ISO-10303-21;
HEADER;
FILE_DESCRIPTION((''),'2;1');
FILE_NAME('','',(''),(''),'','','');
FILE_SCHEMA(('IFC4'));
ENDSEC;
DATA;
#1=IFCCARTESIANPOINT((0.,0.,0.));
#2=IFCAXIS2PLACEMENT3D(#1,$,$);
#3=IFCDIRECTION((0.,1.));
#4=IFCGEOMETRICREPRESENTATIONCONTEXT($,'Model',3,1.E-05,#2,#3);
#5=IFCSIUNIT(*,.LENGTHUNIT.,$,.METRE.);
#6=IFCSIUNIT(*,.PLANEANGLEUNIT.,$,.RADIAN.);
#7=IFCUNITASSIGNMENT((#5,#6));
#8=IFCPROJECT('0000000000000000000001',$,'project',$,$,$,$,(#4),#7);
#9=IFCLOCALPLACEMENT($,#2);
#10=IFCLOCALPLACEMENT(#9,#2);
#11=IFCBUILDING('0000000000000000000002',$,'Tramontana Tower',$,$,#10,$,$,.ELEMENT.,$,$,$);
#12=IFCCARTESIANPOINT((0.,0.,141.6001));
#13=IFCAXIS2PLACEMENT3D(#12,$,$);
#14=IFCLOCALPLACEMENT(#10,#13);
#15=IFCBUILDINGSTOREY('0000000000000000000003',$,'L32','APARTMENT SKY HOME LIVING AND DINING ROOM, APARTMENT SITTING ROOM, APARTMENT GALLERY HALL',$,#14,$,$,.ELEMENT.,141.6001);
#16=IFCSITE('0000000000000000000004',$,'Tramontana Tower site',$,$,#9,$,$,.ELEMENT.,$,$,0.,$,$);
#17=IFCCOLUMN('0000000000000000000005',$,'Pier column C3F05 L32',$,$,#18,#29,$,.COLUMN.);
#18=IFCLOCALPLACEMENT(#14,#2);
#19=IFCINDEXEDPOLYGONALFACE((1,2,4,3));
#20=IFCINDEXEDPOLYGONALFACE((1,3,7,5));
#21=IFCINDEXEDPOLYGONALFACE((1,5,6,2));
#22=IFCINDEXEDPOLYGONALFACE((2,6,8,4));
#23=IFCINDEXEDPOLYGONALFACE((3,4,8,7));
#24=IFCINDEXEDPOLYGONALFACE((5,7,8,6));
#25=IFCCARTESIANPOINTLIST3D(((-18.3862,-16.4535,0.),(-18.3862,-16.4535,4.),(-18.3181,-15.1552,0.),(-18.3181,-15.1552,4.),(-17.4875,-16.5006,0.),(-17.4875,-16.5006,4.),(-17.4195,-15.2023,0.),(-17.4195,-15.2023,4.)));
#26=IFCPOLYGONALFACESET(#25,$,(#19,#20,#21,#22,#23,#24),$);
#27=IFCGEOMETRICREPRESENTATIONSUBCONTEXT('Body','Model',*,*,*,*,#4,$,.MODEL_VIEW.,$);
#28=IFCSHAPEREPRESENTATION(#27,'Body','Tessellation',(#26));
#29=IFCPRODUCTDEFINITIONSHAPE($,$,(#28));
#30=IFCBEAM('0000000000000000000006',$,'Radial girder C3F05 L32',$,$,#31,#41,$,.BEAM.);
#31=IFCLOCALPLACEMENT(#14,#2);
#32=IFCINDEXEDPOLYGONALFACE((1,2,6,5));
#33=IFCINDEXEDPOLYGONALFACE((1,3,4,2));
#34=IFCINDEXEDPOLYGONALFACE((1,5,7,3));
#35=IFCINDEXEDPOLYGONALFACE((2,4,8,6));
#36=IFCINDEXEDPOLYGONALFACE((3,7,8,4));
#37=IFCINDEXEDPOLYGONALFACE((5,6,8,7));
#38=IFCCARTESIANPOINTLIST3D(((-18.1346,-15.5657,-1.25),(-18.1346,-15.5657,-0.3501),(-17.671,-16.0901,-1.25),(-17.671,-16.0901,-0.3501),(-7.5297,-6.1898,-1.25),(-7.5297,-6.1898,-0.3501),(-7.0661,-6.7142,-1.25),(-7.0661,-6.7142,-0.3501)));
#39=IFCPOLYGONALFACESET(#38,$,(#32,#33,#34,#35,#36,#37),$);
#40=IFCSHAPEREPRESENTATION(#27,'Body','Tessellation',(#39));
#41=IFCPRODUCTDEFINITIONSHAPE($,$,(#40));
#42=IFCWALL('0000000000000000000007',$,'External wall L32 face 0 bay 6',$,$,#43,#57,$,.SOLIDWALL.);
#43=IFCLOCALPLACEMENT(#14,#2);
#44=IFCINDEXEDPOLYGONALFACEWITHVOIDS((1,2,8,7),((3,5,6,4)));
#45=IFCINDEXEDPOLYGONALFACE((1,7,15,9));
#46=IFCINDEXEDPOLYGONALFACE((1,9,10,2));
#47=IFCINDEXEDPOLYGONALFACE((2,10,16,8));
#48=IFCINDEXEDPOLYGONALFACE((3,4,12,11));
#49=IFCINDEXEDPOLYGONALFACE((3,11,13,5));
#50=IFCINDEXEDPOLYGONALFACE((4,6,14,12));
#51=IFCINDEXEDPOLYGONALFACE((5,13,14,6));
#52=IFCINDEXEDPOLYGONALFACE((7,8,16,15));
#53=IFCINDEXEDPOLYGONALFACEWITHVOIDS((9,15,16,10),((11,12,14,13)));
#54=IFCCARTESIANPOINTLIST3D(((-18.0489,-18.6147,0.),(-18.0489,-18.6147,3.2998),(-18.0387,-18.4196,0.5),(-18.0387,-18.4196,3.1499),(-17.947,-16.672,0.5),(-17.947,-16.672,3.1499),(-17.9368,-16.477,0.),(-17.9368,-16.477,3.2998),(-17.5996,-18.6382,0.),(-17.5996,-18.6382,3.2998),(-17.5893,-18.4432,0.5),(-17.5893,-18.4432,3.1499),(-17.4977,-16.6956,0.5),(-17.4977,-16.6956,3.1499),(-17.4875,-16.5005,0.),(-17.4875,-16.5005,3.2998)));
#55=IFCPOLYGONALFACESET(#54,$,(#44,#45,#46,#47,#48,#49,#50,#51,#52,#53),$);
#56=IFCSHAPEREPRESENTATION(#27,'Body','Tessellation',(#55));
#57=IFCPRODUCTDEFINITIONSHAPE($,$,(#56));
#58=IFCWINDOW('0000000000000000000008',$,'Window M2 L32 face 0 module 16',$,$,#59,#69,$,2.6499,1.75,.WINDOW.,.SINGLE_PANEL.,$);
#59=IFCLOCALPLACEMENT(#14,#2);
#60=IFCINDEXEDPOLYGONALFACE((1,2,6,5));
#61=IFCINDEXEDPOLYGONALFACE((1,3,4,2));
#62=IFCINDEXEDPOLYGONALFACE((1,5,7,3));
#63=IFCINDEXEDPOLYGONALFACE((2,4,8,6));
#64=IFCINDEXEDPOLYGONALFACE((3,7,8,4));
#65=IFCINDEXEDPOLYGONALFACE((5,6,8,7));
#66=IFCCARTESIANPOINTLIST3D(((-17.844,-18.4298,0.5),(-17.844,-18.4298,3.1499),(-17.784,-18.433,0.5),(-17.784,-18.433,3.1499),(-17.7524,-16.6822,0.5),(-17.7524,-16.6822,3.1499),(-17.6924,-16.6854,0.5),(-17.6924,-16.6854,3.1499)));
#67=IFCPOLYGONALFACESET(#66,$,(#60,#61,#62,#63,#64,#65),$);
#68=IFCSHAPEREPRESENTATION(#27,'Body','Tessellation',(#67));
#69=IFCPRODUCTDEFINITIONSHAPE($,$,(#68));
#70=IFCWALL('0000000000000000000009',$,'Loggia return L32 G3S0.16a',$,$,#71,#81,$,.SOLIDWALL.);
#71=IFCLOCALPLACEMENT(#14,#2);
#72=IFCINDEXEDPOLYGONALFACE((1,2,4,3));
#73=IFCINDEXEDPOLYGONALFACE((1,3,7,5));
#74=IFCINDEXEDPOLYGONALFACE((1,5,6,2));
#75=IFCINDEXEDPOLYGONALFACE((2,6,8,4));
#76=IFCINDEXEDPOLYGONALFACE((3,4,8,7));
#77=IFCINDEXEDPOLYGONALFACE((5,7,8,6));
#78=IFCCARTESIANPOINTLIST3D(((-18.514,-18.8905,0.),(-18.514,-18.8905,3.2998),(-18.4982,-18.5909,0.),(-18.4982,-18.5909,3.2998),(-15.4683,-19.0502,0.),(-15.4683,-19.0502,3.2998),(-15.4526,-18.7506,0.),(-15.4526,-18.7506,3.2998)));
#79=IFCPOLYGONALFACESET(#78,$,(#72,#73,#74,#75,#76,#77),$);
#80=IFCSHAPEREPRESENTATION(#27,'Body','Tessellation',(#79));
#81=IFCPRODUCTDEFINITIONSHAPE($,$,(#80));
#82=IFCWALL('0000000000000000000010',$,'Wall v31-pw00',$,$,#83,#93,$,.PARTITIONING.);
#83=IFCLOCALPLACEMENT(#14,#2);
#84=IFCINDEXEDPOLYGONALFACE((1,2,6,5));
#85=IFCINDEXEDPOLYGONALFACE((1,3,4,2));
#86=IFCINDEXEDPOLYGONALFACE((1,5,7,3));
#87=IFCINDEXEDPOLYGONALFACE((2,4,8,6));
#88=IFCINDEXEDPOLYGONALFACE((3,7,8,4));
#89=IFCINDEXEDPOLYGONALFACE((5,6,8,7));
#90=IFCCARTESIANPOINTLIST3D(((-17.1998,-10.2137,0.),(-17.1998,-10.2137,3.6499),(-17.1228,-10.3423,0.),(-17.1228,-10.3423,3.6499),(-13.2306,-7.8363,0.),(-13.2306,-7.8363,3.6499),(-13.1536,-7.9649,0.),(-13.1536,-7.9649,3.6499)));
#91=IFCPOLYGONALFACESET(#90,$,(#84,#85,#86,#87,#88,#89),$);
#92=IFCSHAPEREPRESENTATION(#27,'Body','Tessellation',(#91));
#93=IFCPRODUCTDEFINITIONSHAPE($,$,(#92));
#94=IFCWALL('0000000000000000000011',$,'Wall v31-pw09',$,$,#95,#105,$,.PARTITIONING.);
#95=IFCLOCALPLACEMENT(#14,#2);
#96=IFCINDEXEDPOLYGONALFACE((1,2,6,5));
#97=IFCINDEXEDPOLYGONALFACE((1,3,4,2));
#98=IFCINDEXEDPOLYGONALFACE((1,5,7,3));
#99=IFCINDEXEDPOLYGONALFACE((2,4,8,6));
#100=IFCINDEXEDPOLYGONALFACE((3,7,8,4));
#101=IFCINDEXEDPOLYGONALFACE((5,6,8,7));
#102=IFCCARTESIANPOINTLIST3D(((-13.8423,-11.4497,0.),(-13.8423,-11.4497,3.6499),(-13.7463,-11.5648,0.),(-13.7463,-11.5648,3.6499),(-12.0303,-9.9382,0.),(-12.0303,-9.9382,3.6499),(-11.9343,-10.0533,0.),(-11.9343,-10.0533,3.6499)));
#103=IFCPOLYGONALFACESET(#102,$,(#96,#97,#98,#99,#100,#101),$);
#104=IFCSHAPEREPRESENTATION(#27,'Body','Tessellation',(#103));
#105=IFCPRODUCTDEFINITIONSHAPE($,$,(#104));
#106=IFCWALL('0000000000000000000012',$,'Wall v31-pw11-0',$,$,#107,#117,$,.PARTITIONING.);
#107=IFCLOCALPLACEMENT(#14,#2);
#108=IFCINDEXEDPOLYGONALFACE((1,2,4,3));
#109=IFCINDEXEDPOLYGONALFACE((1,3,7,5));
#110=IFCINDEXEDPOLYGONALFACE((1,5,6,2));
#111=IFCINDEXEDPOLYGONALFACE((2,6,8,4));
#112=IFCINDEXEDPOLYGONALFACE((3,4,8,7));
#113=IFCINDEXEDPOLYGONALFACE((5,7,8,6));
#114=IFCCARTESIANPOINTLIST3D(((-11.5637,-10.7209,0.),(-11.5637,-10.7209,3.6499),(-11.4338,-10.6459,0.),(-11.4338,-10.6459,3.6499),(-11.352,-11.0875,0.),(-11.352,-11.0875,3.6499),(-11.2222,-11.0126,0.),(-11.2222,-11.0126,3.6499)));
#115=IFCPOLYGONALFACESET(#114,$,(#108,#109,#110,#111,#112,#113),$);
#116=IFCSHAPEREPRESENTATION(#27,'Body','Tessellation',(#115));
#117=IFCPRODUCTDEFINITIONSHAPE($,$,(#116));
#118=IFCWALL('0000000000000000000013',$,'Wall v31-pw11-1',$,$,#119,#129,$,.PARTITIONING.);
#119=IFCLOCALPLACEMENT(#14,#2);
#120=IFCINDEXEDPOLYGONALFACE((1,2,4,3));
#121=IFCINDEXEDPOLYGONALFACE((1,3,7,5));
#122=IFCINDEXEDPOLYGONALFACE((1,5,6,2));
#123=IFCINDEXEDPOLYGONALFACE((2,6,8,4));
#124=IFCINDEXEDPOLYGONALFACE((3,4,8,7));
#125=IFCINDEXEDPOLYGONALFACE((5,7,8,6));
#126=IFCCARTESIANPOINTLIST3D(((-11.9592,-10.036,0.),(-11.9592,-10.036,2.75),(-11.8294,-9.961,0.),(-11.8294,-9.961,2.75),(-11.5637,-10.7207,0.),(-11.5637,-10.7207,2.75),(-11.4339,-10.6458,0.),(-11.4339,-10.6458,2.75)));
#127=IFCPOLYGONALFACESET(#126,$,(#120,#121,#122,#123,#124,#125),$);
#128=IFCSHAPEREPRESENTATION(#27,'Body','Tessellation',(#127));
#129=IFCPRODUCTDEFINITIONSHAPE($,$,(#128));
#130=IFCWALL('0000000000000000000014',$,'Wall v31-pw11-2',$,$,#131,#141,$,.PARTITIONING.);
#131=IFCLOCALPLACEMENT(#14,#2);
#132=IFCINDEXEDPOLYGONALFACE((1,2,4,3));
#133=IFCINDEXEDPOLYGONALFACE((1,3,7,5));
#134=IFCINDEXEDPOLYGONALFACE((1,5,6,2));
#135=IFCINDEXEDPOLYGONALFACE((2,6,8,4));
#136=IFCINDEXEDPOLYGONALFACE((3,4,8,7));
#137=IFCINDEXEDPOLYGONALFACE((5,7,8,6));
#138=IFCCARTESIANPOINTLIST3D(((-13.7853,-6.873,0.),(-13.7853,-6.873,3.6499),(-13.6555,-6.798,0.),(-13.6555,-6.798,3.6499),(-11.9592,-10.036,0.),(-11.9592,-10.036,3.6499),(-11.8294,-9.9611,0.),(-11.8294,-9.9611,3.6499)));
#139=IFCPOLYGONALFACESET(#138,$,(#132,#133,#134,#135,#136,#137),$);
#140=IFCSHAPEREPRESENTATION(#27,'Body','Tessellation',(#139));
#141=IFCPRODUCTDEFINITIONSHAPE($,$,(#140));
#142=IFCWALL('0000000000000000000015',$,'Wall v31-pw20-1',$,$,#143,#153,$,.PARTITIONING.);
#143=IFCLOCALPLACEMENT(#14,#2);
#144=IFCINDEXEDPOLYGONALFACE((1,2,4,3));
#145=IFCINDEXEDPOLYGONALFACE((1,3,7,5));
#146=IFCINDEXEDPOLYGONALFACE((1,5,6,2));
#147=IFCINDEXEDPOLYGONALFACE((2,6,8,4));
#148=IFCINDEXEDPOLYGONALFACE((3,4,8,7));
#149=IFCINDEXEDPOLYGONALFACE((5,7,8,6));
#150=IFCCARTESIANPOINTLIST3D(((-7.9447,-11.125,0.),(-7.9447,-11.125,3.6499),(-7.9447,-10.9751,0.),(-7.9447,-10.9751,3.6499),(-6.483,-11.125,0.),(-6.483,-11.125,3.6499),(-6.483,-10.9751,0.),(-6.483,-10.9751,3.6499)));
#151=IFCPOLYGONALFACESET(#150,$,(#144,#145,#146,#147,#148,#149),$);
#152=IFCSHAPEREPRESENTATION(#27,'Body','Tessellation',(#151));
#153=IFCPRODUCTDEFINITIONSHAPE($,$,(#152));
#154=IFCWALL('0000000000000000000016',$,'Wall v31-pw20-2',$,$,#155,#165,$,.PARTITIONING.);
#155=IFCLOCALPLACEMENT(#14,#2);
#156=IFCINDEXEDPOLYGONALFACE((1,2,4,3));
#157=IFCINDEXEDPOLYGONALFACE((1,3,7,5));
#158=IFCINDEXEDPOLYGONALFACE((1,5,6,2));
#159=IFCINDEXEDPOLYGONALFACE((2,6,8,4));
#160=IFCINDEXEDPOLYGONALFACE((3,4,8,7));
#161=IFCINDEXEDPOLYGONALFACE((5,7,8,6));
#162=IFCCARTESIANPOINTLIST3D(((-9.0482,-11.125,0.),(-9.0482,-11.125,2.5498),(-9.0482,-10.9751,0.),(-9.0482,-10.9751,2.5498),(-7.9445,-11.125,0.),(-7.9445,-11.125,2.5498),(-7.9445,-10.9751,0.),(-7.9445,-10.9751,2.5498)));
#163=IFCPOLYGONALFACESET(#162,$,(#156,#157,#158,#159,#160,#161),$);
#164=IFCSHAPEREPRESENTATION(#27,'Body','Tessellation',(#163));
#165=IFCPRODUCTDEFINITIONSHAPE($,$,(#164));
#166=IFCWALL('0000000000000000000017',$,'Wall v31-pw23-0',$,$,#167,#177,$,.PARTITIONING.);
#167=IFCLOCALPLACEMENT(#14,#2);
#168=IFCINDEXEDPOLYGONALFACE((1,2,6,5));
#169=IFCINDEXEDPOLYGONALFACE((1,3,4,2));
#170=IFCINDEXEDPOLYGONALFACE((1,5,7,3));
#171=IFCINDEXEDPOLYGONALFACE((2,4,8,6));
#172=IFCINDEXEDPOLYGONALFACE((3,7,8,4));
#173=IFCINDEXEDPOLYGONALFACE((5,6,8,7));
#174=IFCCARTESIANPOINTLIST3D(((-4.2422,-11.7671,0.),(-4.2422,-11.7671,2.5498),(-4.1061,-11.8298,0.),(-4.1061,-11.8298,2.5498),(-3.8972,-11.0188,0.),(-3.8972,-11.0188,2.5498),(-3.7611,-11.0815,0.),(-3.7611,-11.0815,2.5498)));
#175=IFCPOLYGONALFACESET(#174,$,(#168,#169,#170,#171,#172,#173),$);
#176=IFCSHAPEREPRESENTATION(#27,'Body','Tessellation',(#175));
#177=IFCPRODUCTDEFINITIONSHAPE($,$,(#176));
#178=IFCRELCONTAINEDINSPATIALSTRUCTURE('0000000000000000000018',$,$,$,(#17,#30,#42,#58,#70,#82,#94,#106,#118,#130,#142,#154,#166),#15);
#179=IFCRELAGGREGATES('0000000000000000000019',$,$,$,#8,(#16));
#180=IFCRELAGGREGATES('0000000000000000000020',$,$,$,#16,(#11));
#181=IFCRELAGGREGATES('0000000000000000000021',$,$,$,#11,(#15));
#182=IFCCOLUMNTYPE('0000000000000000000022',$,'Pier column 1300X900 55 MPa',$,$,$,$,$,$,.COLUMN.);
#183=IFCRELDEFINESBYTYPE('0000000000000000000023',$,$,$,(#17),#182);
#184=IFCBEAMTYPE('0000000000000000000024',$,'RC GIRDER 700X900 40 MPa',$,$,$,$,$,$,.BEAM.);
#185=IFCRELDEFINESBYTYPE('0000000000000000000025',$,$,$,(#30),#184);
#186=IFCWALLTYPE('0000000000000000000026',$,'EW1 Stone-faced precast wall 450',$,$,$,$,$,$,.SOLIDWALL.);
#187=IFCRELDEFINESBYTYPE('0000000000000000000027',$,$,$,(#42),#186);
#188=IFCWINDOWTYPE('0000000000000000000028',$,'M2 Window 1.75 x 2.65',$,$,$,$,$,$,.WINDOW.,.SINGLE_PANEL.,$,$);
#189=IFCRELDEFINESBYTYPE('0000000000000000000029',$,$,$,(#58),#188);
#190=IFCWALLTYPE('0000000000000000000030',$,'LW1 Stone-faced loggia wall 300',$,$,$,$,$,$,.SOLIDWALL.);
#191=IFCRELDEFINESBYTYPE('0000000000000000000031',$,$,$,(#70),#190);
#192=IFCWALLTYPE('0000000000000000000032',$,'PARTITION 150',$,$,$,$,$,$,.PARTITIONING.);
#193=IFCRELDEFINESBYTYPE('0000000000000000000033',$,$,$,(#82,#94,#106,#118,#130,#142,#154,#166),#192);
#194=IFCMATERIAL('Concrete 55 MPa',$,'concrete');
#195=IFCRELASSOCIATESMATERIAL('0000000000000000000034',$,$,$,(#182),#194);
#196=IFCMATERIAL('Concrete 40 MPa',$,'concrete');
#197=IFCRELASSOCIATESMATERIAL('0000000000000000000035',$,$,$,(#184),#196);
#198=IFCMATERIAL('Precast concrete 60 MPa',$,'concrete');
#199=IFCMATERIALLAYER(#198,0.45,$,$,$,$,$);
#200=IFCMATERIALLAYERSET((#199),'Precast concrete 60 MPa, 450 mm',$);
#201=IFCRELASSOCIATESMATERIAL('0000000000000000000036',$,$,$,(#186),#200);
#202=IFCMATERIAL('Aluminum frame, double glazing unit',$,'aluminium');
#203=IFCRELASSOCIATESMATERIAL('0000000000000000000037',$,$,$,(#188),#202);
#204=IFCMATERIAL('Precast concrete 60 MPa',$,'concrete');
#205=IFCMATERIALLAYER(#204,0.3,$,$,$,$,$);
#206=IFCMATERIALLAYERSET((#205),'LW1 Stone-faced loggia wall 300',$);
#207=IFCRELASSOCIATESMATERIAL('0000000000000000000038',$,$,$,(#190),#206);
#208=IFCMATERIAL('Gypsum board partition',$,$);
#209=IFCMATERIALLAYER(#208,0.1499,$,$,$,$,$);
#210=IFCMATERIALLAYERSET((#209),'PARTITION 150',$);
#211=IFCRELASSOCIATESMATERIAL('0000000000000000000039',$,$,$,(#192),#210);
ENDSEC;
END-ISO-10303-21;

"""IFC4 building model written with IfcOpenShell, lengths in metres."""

from ifc_helpers import new_model, si_unit, direction, frame, frame_2d, origin, origin_2d, place, context, subcontext, project, spatial, rectangle, extrude, material, layer, layer_set, material_profile, profile_set, type_object, element, fill, save


model = new_model("IFC4")

# Units and contexts
model_context = context("Model", 3, precision=1e-05, world=origin(), true_north=direction((0.0, 1.0)))
body_context = subcontext(model_context, "Body", "Model", "MODEL_VIEW")
ifc_project = project(units=[si_unit("LENGTHUNIT", "METRE"), si_unit("PLANEANGLEUNIT", "RADIAN")], contexts=[model_context])

# Site, building, storey
site_placement = place(None, origin())
site = spatial("IfcSite", under=ifc_project, at=site_placement, Name="Tramontana Tower site", CompositionType="ELEMENT", RefElevation=0.0)
building_placement = place(site_placement, origin())
building = spatial("IfcBuilding", under=site, at=building_placement, Name="Tramontana Tower", CompositionType="ELEMENT")
storey_placement = place(building_placement, frame((0.0, 0.0, 141.6001)))
storey = spatial("IfcBuildingStorey", under=building, at=storey_placement, Name="L32", Description="APARTMENT SKY HOME LIVING AND DINING ROOM, APARTMENT SITTING ROOM, APARTMENT GALLERY HALL", CompositionType="ELEMENT", Elevation=141.6001)

# Column
ifc_material_1 = material(Name="Concrete 55 MPa", Category="concrete")
ifc_material_profile_1 = material_profile(ifc_material_1, rectangle(XDim=1.3, YDim=0.8999, at=origin_2d()), Name="Pier column 1300X900 55 MPa")
ifc_profile_set_1 = profile_set([ifc_material_profile_1], Name="Concrete 55 MPa")
column_type = type_object("IfcColumnType", Name="Pier column 1300X900 55 MPa", PredefinedType="COLUMN", material=ifc_profile_set_1)
column_placement = place(storey_placement, frame((-17.9028, -15.8279, 0.0), z_axis=(0.0, 0.0, 1.0), x_axis=(-0.052336, -0.99863, 0.0)))
element("IfcColumn", 1, at=column_placement, inside=storey, type_object=column_type, Name="Pier column C3F05 L32", PredefinedType="COLUMN", context=body_context, shape_type="SweptSolid", body=[
    extrude(rectangle(XDim=1.3, YDim=0.8999, at=origin_2d()), origin(), (0.0, 0.0, 1.0), 4.0),
])

# Beam
ifc_material_2 = material(Name="Concrete 40 MPa", Category="concrete")
ifc_material_profile_2 = material_profile(ifc_material_2, rectangle(XDim=0.7, YDim=0.8999, at=origin_2d()), Name="RC GIRDER 700X900 40 MPa")
ifc_profile_set_2 = profile_set([ifc_material_profile_2], Name="Concrete 40 MPa")
beam_type = type_object("IfcBeamType", Name="RC GIRDER 700X900 40 MPa", PredefinedType="BEAM", material=ifc_profile_set_2)
beam_placement = place(storey_placement, frame((-17.9028, -15.8279, -0.8), z_axis=(0.749184, 0.662362, 0.0), x_axis=(-0.662362, 0.749184, 0.0)))
element("IfcBeam", 2, at=beam_placement, inside=storey, type_object=beam_type, Name="Radial girder C3F05 L32", PredefinedType="BEAM", context=body_context, shape_type="SweptSolid", body=[
    extrude(rectangle(XDim=0.7, YDim=0.8999, at=origin_2d()), origin(), (0.0, 0.0, 1.0), 14.1553),
])

# Wall, opening, window
ifc_material_3 = material(Name="Precast concrete 60 MPa", Category="concrete")
ifc_layer_1 = layer(ifc_material_3, 0.45)
ifc_layer_set_1 = layer_set([ifc_layer_1], Name="Precast concrete 60 MPa, 450 mm")
wall_type_1 = type_object("IfcWallType", Name="EW1 Stone-faced precast wall 450", PredefinedType="SOLIDWALL", material=ifc_layer_set_1)
wall_1_placement = place(storey_placement, frame((-17.7122, -16.4888, 0.0), z_axis=(0.0, 0.0, 1.0), x_axis=(-0.052349, -0.998629, 0.0)))
wall_1 = element("IfcWall", 3, at=wall_1_placement, inside=storey, type_object=wall_type_1, Name="External wall L32 face 0 bay 6", PredefinedType="SOLIDWALL", context=body_context, shape_type="SweptSolid", body=[
    extrude(rectangle(XDim=2.1406, YDim=0.45, at=frame_2d((1.0703, 0.0))), origin(), (0.0, 0.0, 1.0), 3.2998),
])
opening_1_placement = place(wall_1_placement, frame((0.1953, 0.0, 0.5)))
opening_1 = element("IfcOpeningElement", 4, at=opening_1_placement, cuts=wall_1, PredefinedType="OPENING", context=body_context, shape_type="SweptSolid", body=[
    extrude(rectangle(XDim=1.75, YDim=2.6499, at=frame_2d((0.875, 1.325))), frame((0.0, 0.2349, 0.0), z_axis=(0.0, -1.0, 0.0), x_axis=(1.0, 0.0, 0.0)), (0.0, 0.0, 1.0), 0.47),
])
ifc_material_4 = material(Name="Aluminum frame, double glazing unit", Category="aluminium")
window_type = type_object("IfcWindowType", Name="M2 Window 1.75 x 2.65", PartitioningType="SINGLE_PANEL", PredefinedType="WINDOW", material=ifc_material_4)
window_placement = place(opening_1_placement, origin())
window = element("IfcWindow", 5, at=window_placement, inside=storey, type_object=window_type, Name="Window M2 L32 face 0 module 16", OverallHeight=2.6499, OverallWidth=1.75, PartitioningType="SINGLE_PANEL", PredefinedType="WINDOW", context=body_context, shape_type="SweptSolid", body=[
    extrude(rectangle(XDim=1.75, YDim=2.6499, at=frame_2d((0.875, 1.325))), frame((0.0, 0.03, 0.0), z_axis=(0.0, -1.0, 0.0), x_axis=(1.0, 0.0, 0.0)), (0.0, 0.0, 1.0), 0.0601),
])
fill(opening_1, window)

# Walls
ifc_material_5 = material(Name="Precast concrete 60 MPa", Category="concrete")
ifc_layer_2 = layer(ifc_material_5, 0.3)
ifc_layer_set_2 = layer_set([ifc_layer_2], Name="LW1 Stone-faced loggia wall 300")
wall_type_2 = type_object("IfcWallType", Name="LW1 Stone-faced loggia wall 300", PredefinedType="SOLIDWALL", material=ifc_layer_set_2)
wall_2_placement = place(storey_placement, frame((-18.5061, -18.7407, 0.0), z_axis=(0.0, 0.0, 1.0), x_axis=(0.998629, -0.052353, 0.0)))
element("IfcWall", 6, at=wall_2_placement, inside=storey, type_object=wall_type_2, Name="Loggia return L32 G3S0.16a", PredefinedType="SOLIDWALL", context=body_context, shape_type="SweptSolid", body=[
    extrude(rectangle(XDim=3.0498, YDim=0.3, at=frame_2d((1.5249, 0.0))), origin(), (0.0, 0.0, 1.0), 3.2998),
])
ifc_material_6 = material(Name="Gypsum board partition")
ifc_layer_3 = layer(ifc_material_6, 0.1499)
ifc_layer_set_3 = layer_set([ifc_layer_3], Name="PARTITION 150")
wall_type_3 = type_object("IfcWallType", Name="PARTITION 150", PredefinedType="PARTITIONING", material=ifc_layer_set_3)
wall_3_placement = place(storey_placement, frame((-17.1614, -10.2781, 0.0), z_axis=(0.0, 0.0, 1.0), x_axis=(0.857884, 0.513844, 0.0)))
element("IfcWall", 7, at=wall_3_placement, inside=storey, type_object=wall_type_3, Name="Wall v31-pw00", PredefinedType="PARTITIONING", context=body_context, shape_type="SweptSolid", body=[
    extrude(rectangle(XDim=4.6267, YDim=0.1499, at=frame_2d((2.3135, 0.0))), origin(), (0.0, 0.0, 1.0), 3.6499),
])
wall_4_placement = place(storey_placement, frame((-11.9824, -9.9958, 0.0), z_axis=(0.0, 0.0, 1.0), x_axis=(-0.767916, -0.640551, 0.0)))
element("IfcWall", 8, at=wall_4_placement, inside=storey, type_object=wall_type_3, Name="Wall v31-pw09", PredefinedType="PARTITIONING", context=body_context, shape_type="SweptSolid", body=[
    extrude(rectangle(XDim=2.3596, YDim=0.1499, at=frame_2d((1.1797, 0.0))), origin(), (0.0, 0.0, 1.0), 3.6499),
])
wall_5_placement = place(storey_placement, frame((-11.2871, -11.05, 0.0), z_axis=(0.0, 0.0, 1.0), x_axis=(-0.499922, 0.86607, 0.0)))
element("IfcWall", 9, at=wall_5_placement, inside=storey, type_object=wall_type_3, Name="Wall v31-pw11-0", PredefinedType="PARTITIONING", context=body_context, shape_type="SweptSolid", body=[
    extrude(rectangle(XDim=0.4233, YDim=0.1499, at=frame_2d((0.2117, 0.0))), origin(), (0.0, 0.0, 1.0), 3.6499),
])
wall_6_placement = place(storey_placement, frame((-11.4988, -10.6833, 0.0), z_axis=(0.0, 0.0, 1.0), x_axis=(-0.500123, 0.865954, 0.0)))
element("IfcWall", 10, at=wall_6_placement, inside=storey, type_object=wall_type_3, Name="Wall v31-pw11-1", PredefinedType="PARTITIONING", context=body_context, shape_type="SweptSolid", body=[
    extrude(rectangle(XDim=0.7908, YDim=0.1499, at=frame_2d((0.3955, 0.0))), origin(), (0.0, 0.0, 1.0), 2.75),
])
wall_7_placement = place(storey_placement, frame((-11.8943, -9.9985, 0.0), z_axis=(0.0, 0.0, 1.0), x_axis=(-0.499992, 0.86603, 0.0)))
element("IfcWall", 11, at=wall_7_placement, inside=storey, type_object=wall_type_3, Name="Wall v31-pw11-2", PredefinedType="PARTITIONING", context=body_context, shape_type="SweptSolid", body=[
    extrude(rectangle(XDim=3.6523, YDim=0.1499, at=frame_2d((1.8262, 0.0))), origin(), (0.0, 0.0, 1.0), 3.6499),
])

# Walls
wall_8_placement = place(storey_placement, frame((-6.4829, -11.05, 0.0), z_axis=(0.0, 0.0, 1.0), x_axis=(-1.0, 0.0, 0.0)))
element("IfcWall", 12, at=wall_8_placement, inside=storey, type_object=wall_type_3, Name="Wall v31-pw20-1", PredefinedType="PARTITIONING", context=body_context, shape_type="SweptSolid", body=[
    extrude(rectangle(XDim=1.4617, YDim=0.1499, at=frame_2d((0.731, 0.0))), origin(), (0.0, 0.0, 1.0), 3.6499),
])
wall_9_placement = place(storey_placement, frame((-7.9446, -11.05, 0.0), z_axis=(0.0, 0.0, 1.0), x_axis=(-1.0, 0.0, 0.0)))
element("IfcWall", 13, at=wall_9_placement, inside=storey, type_object=wall_type_3, Name="Wall v31-pw20-2", PredefinedType="PARTITIONING", context=body_context, shape_type="SweptSolid", body=[
    extrude(rectangle(XDim=1.1038, YDim=0.1499, at=frame_2d((0.5518, 0.0))), origin(), (0.0, 0.0, 1.0), 2.5498),
])

# Wall
wall_10_placement = place(storey_placement, frame((-3.8291, -11.05, 0.0), z_axis=(0.0, 0.0, 1.0), x_axis=(-0.418664, -0.908141, 0.0)))
element("IfcWall", 14, at=wall_10_placement, inside=storey, type_object=wall_type_3, Name="Wall v31-pw23-0", PredefinedType="PARTITIONING", context=body_context, shape_type="SweptSolid", body=[
    extrude(rectangle(XDim=0.824, YDim=0.1499, at=frame_2d((0.4121, 0.0))), origin(), (0.0, 0.0, 1.0), 2.5498),
])

save(model, "model.ifc")
